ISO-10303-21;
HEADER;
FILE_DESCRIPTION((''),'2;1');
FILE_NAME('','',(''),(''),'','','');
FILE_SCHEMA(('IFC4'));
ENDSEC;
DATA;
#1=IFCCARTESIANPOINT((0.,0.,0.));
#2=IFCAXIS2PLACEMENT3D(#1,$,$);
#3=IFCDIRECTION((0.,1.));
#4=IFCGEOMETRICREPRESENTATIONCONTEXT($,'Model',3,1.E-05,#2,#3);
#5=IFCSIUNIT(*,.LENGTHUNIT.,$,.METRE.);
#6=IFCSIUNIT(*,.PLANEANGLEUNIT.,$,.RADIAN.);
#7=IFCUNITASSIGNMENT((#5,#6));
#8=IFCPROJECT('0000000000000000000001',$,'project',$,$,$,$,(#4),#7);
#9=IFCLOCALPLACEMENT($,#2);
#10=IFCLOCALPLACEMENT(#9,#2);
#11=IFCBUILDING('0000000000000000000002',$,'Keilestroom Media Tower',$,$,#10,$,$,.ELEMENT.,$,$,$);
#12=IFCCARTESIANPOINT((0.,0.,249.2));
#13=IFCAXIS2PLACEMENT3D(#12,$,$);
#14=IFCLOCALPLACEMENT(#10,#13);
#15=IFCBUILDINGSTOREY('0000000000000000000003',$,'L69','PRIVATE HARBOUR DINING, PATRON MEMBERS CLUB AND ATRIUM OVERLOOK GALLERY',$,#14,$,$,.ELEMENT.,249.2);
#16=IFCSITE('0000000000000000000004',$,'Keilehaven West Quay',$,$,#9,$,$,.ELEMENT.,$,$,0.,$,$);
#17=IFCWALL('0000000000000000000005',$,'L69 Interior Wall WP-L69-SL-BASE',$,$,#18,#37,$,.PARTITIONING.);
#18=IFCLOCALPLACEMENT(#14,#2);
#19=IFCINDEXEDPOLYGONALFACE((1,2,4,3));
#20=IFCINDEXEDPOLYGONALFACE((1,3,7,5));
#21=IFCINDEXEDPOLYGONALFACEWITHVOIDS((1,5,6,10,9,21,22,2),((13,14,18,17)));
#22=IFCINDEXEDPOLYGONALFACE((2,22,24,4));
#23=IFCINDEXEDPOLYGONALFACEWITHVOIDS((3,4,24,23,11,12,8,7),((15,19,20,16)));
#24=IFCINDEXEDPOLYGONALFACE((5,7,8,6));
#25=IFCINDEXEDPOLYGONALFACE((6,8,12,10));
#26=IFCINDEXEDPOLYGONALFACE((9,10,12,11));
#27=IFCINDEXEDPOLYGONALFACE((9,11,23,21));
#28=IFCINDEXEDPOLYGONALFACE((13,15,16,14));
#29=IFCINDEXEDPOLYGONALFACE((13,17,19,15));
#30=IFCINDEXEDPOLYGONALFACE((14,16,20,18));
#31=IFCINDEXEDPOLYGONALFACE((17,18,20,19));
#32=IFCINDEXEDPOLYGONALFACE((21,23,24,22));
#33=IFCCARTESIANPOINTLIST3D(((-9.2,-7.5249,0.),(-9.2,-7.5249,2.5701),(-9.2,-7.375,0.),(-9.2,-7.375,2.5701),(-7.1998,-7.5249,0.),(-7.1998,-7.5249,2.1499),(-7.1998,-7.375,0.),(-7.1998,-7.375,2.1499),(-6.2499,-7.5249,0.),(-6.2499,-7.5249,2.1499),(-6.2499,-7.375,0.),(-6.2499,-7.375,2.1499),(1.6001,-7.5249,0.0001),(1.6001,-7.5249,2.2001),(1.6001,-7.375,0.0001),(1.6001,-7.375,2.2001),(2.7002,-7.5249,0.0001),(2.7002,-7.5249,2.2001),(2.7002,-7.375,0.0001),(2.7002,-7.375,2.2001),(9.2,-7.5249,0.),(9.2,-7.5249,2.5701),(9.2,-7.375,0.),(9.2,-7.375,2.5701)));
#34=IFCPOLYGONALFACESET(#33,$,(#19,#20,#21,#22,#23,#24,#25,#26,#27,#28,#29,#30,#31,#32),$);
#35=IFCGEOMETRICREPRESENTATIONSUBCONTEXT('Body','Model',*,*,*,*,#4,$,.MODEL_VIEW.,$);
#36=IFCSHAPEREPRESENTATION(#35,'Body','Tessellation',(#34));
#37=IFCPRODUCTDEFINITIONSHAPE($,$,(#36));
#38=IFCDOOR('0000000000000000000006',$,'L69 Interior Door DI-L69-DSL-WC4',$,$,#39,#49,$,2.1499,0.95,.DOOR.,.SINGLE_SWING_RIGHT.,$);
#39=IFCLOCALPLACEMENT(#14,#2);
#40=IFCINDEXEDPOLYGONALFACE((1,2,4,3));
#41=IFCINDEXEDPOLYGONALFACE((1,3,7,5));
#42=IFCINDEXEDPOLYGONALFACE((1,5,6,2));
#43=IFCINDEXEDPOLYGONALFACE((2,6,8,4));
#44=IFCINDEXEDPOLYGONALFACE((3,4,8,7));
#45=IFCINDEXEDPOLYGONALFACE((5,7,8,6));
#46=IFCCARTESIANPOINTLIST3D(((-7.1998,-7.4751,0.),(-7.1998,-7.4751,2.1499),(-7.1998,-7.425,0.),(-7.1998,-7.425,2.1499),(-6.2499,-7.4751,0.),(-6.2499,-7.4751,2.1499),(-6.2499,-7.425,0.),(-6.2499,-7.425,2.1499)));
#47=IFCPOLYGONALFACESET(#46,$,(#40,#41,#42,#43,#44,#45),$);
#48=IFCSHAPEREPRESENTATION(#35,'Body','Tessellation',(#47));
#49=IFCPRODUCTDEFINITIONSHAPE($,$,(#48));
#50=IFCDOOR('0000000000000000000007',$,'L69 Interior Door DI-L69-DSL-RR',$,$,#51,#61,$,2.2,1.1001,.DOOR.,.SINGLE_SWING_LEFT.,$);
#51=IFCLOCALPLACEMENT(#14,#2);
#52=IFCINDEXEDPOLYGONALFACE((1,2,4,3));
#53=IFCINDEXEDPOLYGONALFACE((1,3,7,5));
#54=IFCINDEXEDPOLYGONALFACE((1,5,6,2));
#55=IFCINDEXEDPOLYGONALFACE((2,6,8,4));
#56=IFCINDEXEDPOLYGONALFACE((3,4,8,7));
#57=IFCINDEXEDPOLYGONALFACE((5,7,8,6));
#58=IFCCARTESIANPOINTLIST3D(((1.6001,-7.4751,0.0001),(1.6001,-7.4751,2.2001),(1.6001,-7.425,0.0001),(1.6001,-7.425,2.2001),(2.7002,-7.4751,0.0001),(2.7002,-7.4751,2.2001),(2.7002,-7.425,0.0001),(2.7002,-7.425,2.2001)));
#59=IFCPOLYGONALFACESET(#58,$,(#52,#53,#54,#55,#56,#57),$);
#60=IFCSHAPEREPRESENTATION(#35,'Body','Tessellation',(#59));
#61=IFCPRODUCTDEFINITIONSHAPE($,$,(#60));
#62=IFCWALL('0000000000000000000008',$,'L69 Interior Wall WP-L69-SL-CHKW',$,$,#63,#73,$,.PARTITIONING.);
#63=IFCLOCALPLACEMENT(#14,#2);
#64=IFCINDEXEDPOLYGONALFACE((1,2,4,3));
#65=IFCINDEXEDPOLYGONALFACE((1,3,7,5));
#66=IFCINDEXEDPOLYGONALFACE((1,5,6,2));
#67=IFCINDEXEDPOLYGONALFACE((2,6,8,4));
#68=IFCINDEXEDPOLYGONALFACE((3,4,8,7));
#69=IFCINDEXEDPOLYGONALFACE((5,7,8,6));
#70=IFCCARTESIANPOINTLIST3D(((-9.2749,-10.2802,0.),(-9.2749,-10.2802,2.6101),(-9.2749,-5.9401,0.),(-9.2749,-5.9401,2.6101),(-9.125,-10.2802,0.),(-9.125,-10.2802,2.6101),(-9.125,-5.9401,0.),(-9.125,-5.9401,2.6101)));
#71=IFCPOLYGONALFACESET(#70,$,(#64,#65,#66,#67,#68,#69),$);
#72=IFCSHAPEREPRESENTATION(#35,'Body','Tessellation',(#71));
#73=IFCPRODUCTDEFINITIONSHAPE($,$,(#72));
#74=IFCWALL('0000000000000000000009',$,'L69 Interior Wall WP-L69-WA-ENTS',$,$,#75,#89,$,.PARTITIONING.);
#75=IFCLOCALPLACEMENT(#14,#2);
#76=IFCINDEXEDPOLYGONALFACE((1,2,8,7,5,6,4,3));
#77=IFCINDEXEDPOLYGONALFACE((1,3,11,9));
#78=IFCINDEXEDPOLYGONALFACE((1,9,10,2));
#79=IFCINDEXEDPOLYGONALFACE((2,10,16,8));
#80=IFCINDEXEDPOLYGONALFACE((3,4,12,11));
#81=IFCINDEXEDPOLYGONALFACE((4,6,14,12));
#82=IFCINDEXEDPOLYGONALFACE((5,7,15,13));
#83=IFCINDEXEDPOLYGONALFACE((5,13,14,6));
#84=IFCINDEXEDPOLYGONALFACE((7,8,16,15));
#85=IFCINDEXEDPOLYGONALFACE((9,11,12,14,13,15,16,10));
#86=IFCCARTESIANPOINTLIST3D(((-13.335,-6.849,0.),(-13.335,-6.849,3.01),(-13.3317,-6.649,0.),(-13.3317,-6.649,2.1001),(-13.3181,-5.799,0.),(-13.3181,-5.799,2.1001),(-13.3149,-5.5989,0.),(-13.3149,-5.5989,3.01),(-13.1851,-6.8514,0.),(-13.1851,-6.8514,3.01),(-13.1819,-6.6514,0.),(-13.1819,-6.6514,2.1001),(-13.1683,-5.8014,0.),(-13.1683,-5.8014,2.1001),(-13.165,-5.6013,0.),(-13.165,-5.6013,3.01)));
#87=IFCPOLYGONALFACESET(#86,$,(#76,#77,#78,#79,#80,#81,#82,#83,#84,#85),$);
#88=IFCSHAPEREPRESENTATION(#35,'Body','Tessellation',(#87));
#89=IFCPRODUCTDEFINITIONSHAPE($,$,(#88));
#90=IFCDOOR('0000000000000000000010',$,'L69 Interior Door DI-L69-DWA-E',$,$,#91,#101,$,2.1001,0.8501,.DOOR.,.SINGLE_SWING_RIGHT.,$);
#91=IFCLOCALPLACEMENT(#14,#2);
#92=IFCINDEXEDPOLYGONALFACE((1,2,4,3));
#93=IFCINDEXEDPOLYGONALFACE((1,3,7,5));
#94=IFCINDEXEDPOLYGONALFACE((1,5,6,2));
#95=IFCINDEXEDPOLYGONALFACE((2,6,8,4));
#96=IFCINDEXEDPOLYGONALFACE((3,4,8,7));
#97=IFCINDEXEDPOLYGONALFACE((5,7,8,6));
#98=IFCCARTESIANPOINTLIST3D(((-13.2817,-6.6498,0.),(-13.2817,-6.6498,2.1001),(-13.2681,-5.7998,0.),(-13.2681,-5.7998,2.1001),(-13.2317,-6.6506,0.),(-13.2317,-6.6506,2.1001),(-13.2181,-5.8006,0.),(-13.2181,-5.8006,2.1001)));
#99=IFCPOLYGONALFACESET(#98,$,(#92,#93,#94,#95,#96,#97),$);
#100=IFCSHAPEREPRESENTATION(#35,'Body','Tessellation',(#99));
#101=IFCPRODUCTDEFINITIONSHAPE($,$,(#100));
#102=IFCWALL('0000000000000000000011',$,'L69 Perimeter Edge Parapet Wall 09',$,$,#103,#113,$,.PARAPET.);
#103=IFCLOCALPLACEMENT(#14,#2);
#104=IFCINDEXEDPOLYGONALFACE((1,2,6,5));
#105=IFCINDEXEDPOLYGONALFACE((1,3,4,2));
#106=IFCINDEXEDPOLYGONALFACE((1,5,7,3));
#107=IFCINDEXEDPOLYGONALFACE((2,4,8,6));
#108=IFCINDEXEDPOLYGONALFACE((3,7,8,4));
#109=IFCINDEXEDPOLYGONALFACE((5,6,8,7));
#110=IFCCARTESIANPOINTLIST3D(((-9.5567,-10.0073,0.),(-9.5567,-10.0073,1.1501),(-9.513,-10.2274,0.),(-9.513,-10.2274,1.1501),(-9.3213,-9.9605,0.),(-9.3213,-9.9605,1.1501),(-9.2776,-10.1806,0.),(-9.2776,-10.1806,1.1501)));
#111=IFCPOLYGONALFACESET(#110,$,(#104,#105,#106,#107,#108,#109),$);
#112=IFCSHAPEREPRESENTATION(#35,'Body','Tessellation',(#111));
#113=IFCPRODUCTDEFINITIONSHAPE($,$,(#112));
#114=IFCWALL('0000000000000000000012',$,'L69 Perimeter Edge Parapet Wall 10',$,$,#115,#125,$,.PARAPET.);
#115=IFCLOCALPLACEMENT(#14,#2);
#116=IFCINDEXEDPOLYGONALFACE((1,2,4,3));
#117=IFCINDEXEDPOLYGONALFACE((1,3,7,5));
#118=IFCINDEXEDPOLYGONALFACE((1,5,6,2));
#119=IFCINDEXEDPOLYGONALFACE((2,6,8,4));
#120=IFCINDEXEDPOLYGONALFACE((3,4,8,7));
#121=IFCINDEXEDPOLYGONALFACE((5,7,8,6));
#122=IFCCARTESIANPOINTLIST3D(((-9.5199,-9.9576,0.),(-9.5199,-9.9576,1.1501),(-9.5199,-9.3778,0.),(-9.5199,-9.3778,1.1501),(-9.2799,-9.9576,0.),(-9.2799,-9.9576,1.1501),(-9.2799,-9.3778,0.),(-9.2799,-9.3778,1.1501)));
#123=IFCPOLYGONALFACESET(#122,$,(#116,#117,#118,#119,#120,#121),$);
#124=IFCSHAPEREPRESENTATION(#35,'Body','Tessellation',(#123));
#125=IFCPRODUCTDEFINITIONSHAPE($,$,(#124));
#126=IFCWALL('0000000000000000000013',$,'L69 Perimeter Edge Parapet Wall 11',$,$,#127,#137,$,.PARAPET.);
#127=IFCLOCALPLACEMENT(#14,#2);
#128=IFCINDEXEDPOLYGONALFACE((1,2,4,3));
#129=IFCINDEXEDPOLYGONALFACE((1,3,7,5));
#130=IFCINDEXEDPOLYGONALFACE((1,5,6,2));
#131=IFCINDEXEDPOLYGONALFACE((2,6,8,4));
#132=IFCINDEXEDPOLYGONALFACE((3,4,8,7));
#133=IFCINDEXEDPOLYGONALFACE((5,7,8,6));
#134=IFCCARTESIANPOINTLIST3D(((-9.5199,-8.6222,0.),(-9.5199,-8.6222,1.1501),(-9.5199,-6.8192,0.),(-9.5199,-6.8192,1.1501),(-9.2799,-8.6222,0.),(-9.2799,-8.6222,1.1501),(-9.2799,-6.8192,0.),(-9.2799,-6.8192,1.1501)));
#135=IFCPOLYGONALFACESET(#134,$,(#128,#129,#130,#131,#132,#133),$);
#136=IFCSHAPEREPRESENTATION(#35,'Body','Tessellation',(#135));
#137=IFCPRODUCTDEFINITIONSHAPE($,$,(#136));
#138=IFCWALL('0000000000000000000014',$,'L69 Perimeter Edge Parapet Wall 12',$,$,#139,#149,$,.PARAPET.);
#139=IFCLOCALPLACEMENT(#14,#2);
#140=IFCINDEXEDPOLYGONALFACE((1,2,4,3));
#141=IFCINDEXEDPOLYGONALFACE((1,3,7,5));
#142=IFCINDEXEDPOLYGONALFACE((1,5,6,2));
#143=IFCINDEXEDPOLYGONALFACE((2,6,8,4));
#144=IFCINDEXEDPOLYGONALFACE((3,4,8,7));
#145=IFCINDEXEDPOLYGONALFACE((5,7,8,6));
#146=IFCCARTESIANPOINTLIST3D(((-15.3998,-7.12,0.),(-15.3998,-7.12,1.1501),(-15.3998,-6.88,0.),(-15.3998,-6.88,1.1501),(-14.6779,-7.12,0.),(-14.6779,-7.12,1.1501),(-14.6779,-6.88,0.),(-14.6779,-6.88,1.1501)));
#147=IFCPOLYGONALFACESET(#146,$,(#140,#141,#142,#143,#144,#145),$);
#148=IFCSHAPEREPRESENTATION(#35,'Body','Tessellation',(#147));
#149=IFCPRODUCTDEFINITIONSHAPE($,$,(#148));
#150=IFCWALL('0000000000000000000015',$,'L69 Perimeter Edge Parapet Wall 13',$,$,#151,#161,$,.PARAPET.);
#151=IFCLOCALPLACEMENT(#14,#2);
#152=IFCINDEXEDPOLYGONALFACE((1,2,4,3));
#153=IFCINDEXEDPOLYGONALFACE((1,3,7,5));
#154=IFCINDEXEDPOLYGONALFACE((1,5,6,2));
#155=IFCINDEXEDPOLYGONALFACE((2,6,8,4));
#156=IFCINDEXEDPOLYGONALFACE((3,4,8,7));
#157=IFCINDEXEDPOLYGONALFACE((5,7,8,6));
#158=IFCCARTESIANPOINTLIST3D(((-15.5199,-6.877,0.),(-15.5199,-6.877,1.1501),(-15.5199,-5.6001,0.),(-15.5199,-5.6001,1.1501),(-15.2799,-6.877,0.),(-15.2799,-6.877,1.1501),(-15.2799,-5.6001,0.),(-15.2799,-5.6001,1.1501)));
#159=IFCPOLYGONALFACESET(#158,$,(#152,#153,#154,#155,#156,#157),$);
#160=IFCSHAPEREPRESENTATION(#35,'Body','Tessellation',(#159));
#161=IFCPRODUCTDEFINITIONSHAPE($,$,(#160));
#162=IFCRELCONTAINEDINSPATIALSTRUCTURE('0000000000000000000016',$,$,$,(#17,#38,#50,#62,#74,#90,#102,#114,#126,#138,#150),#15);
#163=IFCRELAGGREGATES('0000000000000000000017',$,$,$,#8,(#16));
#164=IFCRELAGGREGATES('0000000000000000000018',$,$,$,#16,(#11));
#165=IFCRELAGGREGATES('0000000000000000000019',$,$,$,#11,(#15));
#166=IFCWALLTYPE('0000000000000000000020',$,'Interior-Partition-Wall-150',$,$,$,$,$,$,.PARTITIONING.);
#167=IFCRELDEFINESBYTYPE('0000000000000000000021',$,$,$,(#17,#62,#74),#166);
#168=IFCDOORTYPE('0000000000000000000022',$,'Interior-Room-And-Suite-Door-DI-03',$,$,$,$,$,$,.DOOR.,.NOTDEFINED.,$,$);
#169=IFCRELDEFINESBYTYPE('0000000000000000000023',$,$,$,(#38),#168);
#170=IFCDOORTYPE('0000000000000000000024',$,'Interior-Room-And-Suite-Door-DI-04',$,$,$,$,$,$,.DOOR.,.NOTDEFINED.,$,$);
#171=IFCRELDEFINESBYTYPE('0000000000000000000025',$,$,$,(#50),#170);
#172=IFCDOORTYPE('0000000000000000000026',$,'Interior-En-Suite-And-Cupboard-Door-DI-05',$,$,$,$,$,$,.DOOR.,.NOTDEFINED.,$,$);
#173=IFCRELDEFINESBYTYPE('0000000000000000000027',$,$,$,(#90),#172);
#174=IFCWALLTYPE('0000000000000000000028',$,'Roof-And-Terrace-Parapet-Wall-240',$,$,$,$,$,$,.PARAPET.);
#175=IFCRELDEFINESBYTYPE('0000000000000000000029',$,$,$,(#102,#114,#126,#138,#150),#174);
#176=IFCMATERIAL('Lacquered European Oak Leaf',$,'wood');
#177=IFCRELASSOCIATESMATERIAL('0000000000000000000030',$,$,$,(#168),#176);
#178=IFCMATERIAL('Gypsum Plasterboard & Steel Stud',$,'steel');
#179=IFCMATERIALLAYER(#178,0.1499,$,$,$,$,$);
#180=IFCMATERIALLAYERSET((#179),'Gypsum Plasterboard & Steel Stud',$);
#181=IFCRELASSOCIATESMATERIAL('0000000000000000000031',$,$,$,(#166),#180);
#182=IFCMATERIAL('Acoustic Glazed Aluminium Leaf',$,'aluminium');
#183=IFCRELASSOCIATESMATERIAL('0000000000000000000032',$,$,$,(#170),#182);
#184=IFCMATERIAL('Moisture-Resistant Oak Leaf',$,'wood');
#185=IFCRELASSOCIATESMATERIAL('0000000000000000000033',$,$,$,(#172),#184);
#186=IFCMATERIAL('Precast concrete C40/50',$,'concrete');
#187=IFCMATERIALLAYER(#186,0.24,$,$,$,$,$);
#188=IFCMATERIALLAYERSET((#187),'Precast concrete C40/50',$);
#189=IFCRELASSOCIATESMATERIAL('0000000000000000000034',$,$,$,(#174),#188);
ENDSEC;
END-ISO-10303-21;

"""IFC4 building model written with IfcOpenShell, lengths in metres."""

from ifc_helpers import new_model, si_unit, direction, frame, frame_2d, origin, place, context, subcontext, project, spatial, rectangle, extrude, source, transform, mapped, material, layer, layer_set, type_object, element, fill, save


model = new_model("IFC4")

# Units and contexts
model_context = context("Model", 3, precision=1e-05, world=origin(), true_north=direction((0.0, 1.0)))
body_context = subcontext(model_context, "Body", "Model", "MODEL_VIEW")
ifc_project = project(units=[si_unit("LENGTHUNIT", "METRE"), si_unit("PLANEANGLEUNIT", "RADIAN")], contexts=[model_context])

# Site, building, storey
site_placement = place(None, origin())
site = spatial("IfcSite", under=ifc_project, at=site_placement, Name="Keilehaven West Quay", CompositionType="ELEMENT", RefElevation=0.0)
building_placement = place(site_placement, origin())
building = spatial("IfcBuilding", under=site, at=building_placement, Name="Keilestroom Media Tower", CompositionType="ELEMENT")
storey_placement = place(building_placement, frame((0.0, 0.0, 249.2)))
storey = spatial("IfcBuildingStorey", under=building, at=storey_placement, Name="L69", Description="PRIVATE HARBOUR DINING, PATRON MEMBERS CLUB AND ATRIUM OVERLOOK GALLERY", CompositionType="ELEMENT", Elevation=249.2)

# Shared definitions
ifc_material_1 = material(Name="Precast concrete C40/50", Category="concrete")

# Shared definitions
ifc_material_2 = material(Name="Gypsum Plasterboard & Steel Stud", Category="steel")
ifc_material_3 = material(Name="Lacquered European Oak Leaf", Category="wood")
door_type_1 = type_object("IfcDoorType", Name="Interior-Room-And-Suite-Door-DI-03", OperationType="NOTDEFINED", PredefinedType="DOOR", material=ifc_material_3)
shared_shape_1 = source(origin(), body_context, "Body", "SweptSolid", [
    extrude(rectangle(XDim=0.95, YDim=2.1499, at=frame_2d((0.4751, 1.075))), frame((0.0, 0.0249, 0.0), z_axis=(0.0, -1.0, 0.0), x_axis=(1.0, 0.0, 0.0)), (0.0, 0.0, 1.0), 0.05),
])

# Wall, openings, doors
ifc_layer_1 = layer(ifc_material_2, 0.1499)
ifc_layer_set_1 = layer_set([ifc_layer_1], Name="Gypsum Plasterboard & Steel Stud")
wall_type_1 = type_object("IfcWallType", Name="Interior-Partition-Wall-150", PredefinedType="PARTITIONING", material=ifc_layer_set_1)
wall_1_placement = place(storey_placement, frame((-9.2, -7.45, 0.0), z_axis=(0.0, 0.0, 1.0), x_axis=(1.0, 0.0, 0.0)))
wall_1 = element("IfcWall", 1, at=wall_1_placement, inside=storey, type_object=wall_type_1, Name="L69 Interior Wall WP-L69-SL-BASE", PredefinedType="PARTITIONING", context=body_context, shape_type="SweptSolid", body=[
    extrude(rectangle(XDim=18.3999, YDim=0.1499, at=frame_2d((9.2, 0.0))), origin(), (0.0, 0.0, 1.0), 2.5701),
])
opening_1_placement = place(wall_1_placement, frame((2.0, 0.0, 0.0)))
opening_1 = element("IfcOpeningElement", 2, at=opening_1_placement, cuts=wall_1, PredefinedType="OPENING", context=body_context, shape_type="SweptSolid", body=[
    extrude(rectangle(XDim=0.95, YDim=2.1499, at=frame_2d((0.4751, 1.075))), frame((0.0, 0.085, 0.0), z_axis=(0.0, -1.0, 0.0), x_axis=(1.0, 0.0, 0.0)), (0.0, 0.0, 1.0), 0.1699),
])
opening_2_placement = place(wall_1_placement, frame((10.8, 0.0, 0.0)))
opening_2 = element("IfcOpeningElement", 3, at=opening_2_placement, cuts=wall_1, PredefinedType="OPENING", context=body_context, shape_type="SweptSolid", body=[
    extrude(rectangle(XDim=1.1001, YDim=2.2, at=frame_2d((0.55, 1.1001))), frame((0.0, 0.085, 0.0), z_axis=(0.0, -1.0, 0.0), x_axis=(1.0, 0.0, 0.0)), (0.0, 0.0, 1.0), 0.1699),
])
door_1_placement = place(opening_1_placement, origin())
door_1 = element("IfcDoor", 4, at=door_1_placement, inside=storey, type_object=door_type_1, Name="L69 Interior Door DI-L69-DSL-WC4", OperationType="SINGLE_SWING_RIGHT", OverallHeight=2.1499, OverallWidth=0.95, PredefinedType="DOOR", context=body_context, shape_type="MappedRepresentation", body=[
    mapped(shared_shape_1, transform((0.0, 0.0, 0.0), x_axis=(1.0, 0.0, 0.0), y_axis=(0.0, 1.0, 0.0), z_axis=(0.0, 0.0, 1.0), scale=1.0)),
])
fill(opening_1, door_1)
ifc_material_4 = material(Name="Acoustic Glazed Aluminium Leaf", Category="aluminium")
door_type_2 = type_object("IfcDoorType", Name="Interior-Room-And-Suite-Door-DI-04", OperationType="NOTDEFINED", PredefinedType="DOOR", material=ifc_material_4)
shared_shape_2 = source(origin(), body_context, "Body", "SweptSolid", [
    extrude(rectangle(XDim=1.1001, YDim=2.2, at=frame_2d((0.55, 1.1001))), frame((0.0, 0.0249, 0.0), z_axis=(0.0, -1.0, 0.0), x_axis=(1.0, 0.0, 0.0)), (0.0, 0.0, 1.0), 0.05),
])
door_2_placement = place(opening_2_placement, origin())
door_2 = element("IfcDoor", 5, at=door_2_placement, inside=storey, type_object=door_type_2, Name="L69 Interior Door DI-L69-DSL-RR", OperationType="SINGLE_SWING_LEFT", OverallHeight=2.2, OverallWidth=1.1001, PredefinedType="DOOR", context=body_context, shape_type="MappedRepresentation", body=[
    mapped(shared_shape_2, transform((0.0, 0.0, 0.0), x_axis=(1.0, 0.0, 0.0), y_axis=(0.0, 1.0, 0.0), z_axis=(0.0, 0.0, 1.0), scale=1.0)),
])
fill(opening_2, door_2)

# Wall
wall_2_placement = place(storey_placement, frame((-9.2, -10.28, 0.0), z_axis=(0.0, 0.0, 1.0), x_axis=(0.0, 1.0, 0.0)))
element("IfcWall", 6, at=wall_2_placement, inside=storey, type_object=wall_type_1, Name="L69 Interior Wall WP-L69-SL-CHKW", PredefinedType="PARTITIONING", context=body_context, shape_type="SweptSolid", body=[
    extrude(rectangle(XDim=4.3401, YDim=0.1499, at=frame_2d((2.1699, 0.0))), origin(), (0.0, 0.0, 1.0), 2.6101),
])

# Wall, opening, door
wall_3_placement = place(storey_placement, frame((-13.26, -6.8501, 0.0), z_axis=(0.0, 0.0, 1.0), x_axis=(0.016014, 0.999872, 0.0)))
wall_3 = element("IfcWall", 7, at=wall_3_placement, inside=storey, type_object=wall_type_1, Name="L69 Interior Wall WP-L69-WA-ENTS", PredefinedType="PARTITIONING", context=body_context, shape_type="SweptSolid", body=[
    extrude(rectangle(XDim=1.2502, YDim=0.1499, at=frame_2d((0.625, 0.0))), origin(), (0.0, 0.0, 1.0), 3.01),
])
opening_3_placement = place(wall_3_placement, frame((0.2, 0.0, 0.0)))
opening_3 = element("IfcOpeningElement", 8, at=opening_3_placement, cuts=wall_3, PredefinedType="OPENING", context=body_context, shape_type="SweptSolid", body=[
    extrude(rectangle(XDim=0.8501, YDim=2.1001, at=frame_2d((0.425, 1.05))), frame((0.0, 0.085, 0.0), z_axis=(0.0, -1.0, 0.0), x_axis=(1.0, 0.0, 0.0)), (0.0, 0.0, 1.0), 0.1699),
])
ifc_material_5 = material(Name="Moisture-Resistant Oak Leaf", Category="wood")
door_type_3 = type_object("IfcDoorType", Name="Interior-En-Suite-And-Cupboard-Door-DI-05", OperationType="NOTDEFINED", PredefinedType="DOOR", material=ifc_material_5)
shared_shape_3 = source(origin(), body_context, "Body", "SweptSolid", [
    extrude(rectangle(XDim=0.8501, YDim=2.1001, at=frame_2d((0.425, 1.05))), frame((0.0, 0.0249, 0.0), z_axis=(0.0, -1.0, 0.0), x_axis=(1.0, 0.0, 0.0)), (0.0, 0.0, 1.0), 0.05),
])
door_3_placement = place(opening_3_placement, origin())
door_3 = element("IfcDoor", 9, at=door_3_placement, inside=storey, type_object=door_type_3, Name="L69 Interior Door DI-L69-DWA-E", OperationType="SINGLE_SWING_RIGHT", OverallHeight=2.1001, OverallWidth=0.8501, PredefinedType="DOOR", context=body_context, shape_type="MappedRepresentation", body=[
    mapped(shared_shape_3, transform((0.0, 0.0, 0.0), x_axis=(1.0, 0.0, 0.0), y_axis=(0.0, 1.0, 0.0), z_axis=(0.0, 0.0, 1.0), scale=1.0)),
])
fill(opening_3, door_3)

# Walls
ifc_layer_2 = layer(ifc_material_1, 0.24)
ifc_layer_set_2 = layer_set([ifc_layer_2], Name="Precast concrete C40/50")
wall_type_2 = type_object("IfcWallType", Name="Roof-And-Terrace-Parapet-Wall-240", PredefinedType="PARAPET", material=ifc_layer_set_2)
wall_4_placement = place(storey_placement, frame((-9.3953, -10.2041, 0.0), z_axis=(0.0, 0.0, 1.0), x_axis=(-0.19486, 0.980831, 0.0)))
element("IfcWall", 10, at=wall_4_placement, inside=storey, type_object=wall_type_2, Name="L69 Perimeter Edge Parapet Wall 09", PredefinedType="PARAPET", context=body_context, shape_type="SweptSolid", body=[
    extrude(rectangle(XDim=0.2244, YDim=0.24, at=frame_2d((0.1123, 0.0))), origin(), (0.0, 0.0, 1.0), 1.1501),
])
wall_5_placement = place(storey_placement, frame((-9.3999, -9.9578, 0.0), z_axis=(0.0, 0.0, 1.0), x_axis=(0.0, 1.0, 0.0)))
element("IfcWall", 11, at=wall_5_placement, inside=storey, type_object=wall_type_2, Name="L69 Perimeter Edge Parapet Wall 10", PredefinedType="PARAPET", context=body_context, shape_type="SweptSolid", body=[
    extrude(rectangle(XDim=0.5798, YDim=0.24, at=frame_2d((0.29, 0.0))), origin(), (0.0, 0.0, 1.0), 1.1501),
])
wall_6_placement = place(storey_placement, frame((-9.3999, -8.6221, 0.0), z_axis=(0.0, 0.0, 1.0), x_axis=(0.0, 1.0, 0.0)))
element("IfcWall", 12, at=wall_6_placement, inside=storey, type_object=wall_type_2, Name="L69 Perimeter Edge Parapet Wall 11", PredefinedType="PARAPET", context=body_context, shape_type="SweptSolid", body=[
    extrude(rectangle(XDim=1.803, YDim=0.24, at=frame_2d((0.9014, 0.0))), origin(), (0.0, 0.0, 1.0), 1.1501),
])
wall_7_placement = place(storey_placement, frame((-14.678, -7.0, 0.0), z_axis=(0.0, 0.0, 1.0), x_axis=(-1.0, 0.0, 0.0)))
element("IfcWall", 13, at=wall_7_placement, inside=storey, type_object=wall_type_2, Name="L69 Perimeter Edge Parapet Wall 12", PredefinedType="PARAPET", context=body_context, shape_type="SweptSolid", body=[
    extrude(rectangle(XDim=0.7219, YDim=0.24, at=frame_2d((0.3608, 0.0))), origin(), (0.0, 0.0, 1.0), 1.1501),
])
wall_8_placement = place(storey_placement, frame((-15.3999, -6.877, 0.0), z_axis=(0.0, 0.0, 1.0), x_axis=(0.0, 1.0, 0.0)))
element("IfcWall", 14, at=wall_8_placement, inside=storey, type_object=wall_type_2, Name="L69 Perimeter Edge Parapet Wall 13", PredefinedType="PARAPET", context=body_context, shape_type="SweptSolid", body=[
    extrude(rectangle(XDim=1.2769, YDim=0.24, at=frame_2d((0.6384, 0.0))), origin(), (0.0, 0.0, 1.0), 1.1501),
])

save(model, "model.ifc")
